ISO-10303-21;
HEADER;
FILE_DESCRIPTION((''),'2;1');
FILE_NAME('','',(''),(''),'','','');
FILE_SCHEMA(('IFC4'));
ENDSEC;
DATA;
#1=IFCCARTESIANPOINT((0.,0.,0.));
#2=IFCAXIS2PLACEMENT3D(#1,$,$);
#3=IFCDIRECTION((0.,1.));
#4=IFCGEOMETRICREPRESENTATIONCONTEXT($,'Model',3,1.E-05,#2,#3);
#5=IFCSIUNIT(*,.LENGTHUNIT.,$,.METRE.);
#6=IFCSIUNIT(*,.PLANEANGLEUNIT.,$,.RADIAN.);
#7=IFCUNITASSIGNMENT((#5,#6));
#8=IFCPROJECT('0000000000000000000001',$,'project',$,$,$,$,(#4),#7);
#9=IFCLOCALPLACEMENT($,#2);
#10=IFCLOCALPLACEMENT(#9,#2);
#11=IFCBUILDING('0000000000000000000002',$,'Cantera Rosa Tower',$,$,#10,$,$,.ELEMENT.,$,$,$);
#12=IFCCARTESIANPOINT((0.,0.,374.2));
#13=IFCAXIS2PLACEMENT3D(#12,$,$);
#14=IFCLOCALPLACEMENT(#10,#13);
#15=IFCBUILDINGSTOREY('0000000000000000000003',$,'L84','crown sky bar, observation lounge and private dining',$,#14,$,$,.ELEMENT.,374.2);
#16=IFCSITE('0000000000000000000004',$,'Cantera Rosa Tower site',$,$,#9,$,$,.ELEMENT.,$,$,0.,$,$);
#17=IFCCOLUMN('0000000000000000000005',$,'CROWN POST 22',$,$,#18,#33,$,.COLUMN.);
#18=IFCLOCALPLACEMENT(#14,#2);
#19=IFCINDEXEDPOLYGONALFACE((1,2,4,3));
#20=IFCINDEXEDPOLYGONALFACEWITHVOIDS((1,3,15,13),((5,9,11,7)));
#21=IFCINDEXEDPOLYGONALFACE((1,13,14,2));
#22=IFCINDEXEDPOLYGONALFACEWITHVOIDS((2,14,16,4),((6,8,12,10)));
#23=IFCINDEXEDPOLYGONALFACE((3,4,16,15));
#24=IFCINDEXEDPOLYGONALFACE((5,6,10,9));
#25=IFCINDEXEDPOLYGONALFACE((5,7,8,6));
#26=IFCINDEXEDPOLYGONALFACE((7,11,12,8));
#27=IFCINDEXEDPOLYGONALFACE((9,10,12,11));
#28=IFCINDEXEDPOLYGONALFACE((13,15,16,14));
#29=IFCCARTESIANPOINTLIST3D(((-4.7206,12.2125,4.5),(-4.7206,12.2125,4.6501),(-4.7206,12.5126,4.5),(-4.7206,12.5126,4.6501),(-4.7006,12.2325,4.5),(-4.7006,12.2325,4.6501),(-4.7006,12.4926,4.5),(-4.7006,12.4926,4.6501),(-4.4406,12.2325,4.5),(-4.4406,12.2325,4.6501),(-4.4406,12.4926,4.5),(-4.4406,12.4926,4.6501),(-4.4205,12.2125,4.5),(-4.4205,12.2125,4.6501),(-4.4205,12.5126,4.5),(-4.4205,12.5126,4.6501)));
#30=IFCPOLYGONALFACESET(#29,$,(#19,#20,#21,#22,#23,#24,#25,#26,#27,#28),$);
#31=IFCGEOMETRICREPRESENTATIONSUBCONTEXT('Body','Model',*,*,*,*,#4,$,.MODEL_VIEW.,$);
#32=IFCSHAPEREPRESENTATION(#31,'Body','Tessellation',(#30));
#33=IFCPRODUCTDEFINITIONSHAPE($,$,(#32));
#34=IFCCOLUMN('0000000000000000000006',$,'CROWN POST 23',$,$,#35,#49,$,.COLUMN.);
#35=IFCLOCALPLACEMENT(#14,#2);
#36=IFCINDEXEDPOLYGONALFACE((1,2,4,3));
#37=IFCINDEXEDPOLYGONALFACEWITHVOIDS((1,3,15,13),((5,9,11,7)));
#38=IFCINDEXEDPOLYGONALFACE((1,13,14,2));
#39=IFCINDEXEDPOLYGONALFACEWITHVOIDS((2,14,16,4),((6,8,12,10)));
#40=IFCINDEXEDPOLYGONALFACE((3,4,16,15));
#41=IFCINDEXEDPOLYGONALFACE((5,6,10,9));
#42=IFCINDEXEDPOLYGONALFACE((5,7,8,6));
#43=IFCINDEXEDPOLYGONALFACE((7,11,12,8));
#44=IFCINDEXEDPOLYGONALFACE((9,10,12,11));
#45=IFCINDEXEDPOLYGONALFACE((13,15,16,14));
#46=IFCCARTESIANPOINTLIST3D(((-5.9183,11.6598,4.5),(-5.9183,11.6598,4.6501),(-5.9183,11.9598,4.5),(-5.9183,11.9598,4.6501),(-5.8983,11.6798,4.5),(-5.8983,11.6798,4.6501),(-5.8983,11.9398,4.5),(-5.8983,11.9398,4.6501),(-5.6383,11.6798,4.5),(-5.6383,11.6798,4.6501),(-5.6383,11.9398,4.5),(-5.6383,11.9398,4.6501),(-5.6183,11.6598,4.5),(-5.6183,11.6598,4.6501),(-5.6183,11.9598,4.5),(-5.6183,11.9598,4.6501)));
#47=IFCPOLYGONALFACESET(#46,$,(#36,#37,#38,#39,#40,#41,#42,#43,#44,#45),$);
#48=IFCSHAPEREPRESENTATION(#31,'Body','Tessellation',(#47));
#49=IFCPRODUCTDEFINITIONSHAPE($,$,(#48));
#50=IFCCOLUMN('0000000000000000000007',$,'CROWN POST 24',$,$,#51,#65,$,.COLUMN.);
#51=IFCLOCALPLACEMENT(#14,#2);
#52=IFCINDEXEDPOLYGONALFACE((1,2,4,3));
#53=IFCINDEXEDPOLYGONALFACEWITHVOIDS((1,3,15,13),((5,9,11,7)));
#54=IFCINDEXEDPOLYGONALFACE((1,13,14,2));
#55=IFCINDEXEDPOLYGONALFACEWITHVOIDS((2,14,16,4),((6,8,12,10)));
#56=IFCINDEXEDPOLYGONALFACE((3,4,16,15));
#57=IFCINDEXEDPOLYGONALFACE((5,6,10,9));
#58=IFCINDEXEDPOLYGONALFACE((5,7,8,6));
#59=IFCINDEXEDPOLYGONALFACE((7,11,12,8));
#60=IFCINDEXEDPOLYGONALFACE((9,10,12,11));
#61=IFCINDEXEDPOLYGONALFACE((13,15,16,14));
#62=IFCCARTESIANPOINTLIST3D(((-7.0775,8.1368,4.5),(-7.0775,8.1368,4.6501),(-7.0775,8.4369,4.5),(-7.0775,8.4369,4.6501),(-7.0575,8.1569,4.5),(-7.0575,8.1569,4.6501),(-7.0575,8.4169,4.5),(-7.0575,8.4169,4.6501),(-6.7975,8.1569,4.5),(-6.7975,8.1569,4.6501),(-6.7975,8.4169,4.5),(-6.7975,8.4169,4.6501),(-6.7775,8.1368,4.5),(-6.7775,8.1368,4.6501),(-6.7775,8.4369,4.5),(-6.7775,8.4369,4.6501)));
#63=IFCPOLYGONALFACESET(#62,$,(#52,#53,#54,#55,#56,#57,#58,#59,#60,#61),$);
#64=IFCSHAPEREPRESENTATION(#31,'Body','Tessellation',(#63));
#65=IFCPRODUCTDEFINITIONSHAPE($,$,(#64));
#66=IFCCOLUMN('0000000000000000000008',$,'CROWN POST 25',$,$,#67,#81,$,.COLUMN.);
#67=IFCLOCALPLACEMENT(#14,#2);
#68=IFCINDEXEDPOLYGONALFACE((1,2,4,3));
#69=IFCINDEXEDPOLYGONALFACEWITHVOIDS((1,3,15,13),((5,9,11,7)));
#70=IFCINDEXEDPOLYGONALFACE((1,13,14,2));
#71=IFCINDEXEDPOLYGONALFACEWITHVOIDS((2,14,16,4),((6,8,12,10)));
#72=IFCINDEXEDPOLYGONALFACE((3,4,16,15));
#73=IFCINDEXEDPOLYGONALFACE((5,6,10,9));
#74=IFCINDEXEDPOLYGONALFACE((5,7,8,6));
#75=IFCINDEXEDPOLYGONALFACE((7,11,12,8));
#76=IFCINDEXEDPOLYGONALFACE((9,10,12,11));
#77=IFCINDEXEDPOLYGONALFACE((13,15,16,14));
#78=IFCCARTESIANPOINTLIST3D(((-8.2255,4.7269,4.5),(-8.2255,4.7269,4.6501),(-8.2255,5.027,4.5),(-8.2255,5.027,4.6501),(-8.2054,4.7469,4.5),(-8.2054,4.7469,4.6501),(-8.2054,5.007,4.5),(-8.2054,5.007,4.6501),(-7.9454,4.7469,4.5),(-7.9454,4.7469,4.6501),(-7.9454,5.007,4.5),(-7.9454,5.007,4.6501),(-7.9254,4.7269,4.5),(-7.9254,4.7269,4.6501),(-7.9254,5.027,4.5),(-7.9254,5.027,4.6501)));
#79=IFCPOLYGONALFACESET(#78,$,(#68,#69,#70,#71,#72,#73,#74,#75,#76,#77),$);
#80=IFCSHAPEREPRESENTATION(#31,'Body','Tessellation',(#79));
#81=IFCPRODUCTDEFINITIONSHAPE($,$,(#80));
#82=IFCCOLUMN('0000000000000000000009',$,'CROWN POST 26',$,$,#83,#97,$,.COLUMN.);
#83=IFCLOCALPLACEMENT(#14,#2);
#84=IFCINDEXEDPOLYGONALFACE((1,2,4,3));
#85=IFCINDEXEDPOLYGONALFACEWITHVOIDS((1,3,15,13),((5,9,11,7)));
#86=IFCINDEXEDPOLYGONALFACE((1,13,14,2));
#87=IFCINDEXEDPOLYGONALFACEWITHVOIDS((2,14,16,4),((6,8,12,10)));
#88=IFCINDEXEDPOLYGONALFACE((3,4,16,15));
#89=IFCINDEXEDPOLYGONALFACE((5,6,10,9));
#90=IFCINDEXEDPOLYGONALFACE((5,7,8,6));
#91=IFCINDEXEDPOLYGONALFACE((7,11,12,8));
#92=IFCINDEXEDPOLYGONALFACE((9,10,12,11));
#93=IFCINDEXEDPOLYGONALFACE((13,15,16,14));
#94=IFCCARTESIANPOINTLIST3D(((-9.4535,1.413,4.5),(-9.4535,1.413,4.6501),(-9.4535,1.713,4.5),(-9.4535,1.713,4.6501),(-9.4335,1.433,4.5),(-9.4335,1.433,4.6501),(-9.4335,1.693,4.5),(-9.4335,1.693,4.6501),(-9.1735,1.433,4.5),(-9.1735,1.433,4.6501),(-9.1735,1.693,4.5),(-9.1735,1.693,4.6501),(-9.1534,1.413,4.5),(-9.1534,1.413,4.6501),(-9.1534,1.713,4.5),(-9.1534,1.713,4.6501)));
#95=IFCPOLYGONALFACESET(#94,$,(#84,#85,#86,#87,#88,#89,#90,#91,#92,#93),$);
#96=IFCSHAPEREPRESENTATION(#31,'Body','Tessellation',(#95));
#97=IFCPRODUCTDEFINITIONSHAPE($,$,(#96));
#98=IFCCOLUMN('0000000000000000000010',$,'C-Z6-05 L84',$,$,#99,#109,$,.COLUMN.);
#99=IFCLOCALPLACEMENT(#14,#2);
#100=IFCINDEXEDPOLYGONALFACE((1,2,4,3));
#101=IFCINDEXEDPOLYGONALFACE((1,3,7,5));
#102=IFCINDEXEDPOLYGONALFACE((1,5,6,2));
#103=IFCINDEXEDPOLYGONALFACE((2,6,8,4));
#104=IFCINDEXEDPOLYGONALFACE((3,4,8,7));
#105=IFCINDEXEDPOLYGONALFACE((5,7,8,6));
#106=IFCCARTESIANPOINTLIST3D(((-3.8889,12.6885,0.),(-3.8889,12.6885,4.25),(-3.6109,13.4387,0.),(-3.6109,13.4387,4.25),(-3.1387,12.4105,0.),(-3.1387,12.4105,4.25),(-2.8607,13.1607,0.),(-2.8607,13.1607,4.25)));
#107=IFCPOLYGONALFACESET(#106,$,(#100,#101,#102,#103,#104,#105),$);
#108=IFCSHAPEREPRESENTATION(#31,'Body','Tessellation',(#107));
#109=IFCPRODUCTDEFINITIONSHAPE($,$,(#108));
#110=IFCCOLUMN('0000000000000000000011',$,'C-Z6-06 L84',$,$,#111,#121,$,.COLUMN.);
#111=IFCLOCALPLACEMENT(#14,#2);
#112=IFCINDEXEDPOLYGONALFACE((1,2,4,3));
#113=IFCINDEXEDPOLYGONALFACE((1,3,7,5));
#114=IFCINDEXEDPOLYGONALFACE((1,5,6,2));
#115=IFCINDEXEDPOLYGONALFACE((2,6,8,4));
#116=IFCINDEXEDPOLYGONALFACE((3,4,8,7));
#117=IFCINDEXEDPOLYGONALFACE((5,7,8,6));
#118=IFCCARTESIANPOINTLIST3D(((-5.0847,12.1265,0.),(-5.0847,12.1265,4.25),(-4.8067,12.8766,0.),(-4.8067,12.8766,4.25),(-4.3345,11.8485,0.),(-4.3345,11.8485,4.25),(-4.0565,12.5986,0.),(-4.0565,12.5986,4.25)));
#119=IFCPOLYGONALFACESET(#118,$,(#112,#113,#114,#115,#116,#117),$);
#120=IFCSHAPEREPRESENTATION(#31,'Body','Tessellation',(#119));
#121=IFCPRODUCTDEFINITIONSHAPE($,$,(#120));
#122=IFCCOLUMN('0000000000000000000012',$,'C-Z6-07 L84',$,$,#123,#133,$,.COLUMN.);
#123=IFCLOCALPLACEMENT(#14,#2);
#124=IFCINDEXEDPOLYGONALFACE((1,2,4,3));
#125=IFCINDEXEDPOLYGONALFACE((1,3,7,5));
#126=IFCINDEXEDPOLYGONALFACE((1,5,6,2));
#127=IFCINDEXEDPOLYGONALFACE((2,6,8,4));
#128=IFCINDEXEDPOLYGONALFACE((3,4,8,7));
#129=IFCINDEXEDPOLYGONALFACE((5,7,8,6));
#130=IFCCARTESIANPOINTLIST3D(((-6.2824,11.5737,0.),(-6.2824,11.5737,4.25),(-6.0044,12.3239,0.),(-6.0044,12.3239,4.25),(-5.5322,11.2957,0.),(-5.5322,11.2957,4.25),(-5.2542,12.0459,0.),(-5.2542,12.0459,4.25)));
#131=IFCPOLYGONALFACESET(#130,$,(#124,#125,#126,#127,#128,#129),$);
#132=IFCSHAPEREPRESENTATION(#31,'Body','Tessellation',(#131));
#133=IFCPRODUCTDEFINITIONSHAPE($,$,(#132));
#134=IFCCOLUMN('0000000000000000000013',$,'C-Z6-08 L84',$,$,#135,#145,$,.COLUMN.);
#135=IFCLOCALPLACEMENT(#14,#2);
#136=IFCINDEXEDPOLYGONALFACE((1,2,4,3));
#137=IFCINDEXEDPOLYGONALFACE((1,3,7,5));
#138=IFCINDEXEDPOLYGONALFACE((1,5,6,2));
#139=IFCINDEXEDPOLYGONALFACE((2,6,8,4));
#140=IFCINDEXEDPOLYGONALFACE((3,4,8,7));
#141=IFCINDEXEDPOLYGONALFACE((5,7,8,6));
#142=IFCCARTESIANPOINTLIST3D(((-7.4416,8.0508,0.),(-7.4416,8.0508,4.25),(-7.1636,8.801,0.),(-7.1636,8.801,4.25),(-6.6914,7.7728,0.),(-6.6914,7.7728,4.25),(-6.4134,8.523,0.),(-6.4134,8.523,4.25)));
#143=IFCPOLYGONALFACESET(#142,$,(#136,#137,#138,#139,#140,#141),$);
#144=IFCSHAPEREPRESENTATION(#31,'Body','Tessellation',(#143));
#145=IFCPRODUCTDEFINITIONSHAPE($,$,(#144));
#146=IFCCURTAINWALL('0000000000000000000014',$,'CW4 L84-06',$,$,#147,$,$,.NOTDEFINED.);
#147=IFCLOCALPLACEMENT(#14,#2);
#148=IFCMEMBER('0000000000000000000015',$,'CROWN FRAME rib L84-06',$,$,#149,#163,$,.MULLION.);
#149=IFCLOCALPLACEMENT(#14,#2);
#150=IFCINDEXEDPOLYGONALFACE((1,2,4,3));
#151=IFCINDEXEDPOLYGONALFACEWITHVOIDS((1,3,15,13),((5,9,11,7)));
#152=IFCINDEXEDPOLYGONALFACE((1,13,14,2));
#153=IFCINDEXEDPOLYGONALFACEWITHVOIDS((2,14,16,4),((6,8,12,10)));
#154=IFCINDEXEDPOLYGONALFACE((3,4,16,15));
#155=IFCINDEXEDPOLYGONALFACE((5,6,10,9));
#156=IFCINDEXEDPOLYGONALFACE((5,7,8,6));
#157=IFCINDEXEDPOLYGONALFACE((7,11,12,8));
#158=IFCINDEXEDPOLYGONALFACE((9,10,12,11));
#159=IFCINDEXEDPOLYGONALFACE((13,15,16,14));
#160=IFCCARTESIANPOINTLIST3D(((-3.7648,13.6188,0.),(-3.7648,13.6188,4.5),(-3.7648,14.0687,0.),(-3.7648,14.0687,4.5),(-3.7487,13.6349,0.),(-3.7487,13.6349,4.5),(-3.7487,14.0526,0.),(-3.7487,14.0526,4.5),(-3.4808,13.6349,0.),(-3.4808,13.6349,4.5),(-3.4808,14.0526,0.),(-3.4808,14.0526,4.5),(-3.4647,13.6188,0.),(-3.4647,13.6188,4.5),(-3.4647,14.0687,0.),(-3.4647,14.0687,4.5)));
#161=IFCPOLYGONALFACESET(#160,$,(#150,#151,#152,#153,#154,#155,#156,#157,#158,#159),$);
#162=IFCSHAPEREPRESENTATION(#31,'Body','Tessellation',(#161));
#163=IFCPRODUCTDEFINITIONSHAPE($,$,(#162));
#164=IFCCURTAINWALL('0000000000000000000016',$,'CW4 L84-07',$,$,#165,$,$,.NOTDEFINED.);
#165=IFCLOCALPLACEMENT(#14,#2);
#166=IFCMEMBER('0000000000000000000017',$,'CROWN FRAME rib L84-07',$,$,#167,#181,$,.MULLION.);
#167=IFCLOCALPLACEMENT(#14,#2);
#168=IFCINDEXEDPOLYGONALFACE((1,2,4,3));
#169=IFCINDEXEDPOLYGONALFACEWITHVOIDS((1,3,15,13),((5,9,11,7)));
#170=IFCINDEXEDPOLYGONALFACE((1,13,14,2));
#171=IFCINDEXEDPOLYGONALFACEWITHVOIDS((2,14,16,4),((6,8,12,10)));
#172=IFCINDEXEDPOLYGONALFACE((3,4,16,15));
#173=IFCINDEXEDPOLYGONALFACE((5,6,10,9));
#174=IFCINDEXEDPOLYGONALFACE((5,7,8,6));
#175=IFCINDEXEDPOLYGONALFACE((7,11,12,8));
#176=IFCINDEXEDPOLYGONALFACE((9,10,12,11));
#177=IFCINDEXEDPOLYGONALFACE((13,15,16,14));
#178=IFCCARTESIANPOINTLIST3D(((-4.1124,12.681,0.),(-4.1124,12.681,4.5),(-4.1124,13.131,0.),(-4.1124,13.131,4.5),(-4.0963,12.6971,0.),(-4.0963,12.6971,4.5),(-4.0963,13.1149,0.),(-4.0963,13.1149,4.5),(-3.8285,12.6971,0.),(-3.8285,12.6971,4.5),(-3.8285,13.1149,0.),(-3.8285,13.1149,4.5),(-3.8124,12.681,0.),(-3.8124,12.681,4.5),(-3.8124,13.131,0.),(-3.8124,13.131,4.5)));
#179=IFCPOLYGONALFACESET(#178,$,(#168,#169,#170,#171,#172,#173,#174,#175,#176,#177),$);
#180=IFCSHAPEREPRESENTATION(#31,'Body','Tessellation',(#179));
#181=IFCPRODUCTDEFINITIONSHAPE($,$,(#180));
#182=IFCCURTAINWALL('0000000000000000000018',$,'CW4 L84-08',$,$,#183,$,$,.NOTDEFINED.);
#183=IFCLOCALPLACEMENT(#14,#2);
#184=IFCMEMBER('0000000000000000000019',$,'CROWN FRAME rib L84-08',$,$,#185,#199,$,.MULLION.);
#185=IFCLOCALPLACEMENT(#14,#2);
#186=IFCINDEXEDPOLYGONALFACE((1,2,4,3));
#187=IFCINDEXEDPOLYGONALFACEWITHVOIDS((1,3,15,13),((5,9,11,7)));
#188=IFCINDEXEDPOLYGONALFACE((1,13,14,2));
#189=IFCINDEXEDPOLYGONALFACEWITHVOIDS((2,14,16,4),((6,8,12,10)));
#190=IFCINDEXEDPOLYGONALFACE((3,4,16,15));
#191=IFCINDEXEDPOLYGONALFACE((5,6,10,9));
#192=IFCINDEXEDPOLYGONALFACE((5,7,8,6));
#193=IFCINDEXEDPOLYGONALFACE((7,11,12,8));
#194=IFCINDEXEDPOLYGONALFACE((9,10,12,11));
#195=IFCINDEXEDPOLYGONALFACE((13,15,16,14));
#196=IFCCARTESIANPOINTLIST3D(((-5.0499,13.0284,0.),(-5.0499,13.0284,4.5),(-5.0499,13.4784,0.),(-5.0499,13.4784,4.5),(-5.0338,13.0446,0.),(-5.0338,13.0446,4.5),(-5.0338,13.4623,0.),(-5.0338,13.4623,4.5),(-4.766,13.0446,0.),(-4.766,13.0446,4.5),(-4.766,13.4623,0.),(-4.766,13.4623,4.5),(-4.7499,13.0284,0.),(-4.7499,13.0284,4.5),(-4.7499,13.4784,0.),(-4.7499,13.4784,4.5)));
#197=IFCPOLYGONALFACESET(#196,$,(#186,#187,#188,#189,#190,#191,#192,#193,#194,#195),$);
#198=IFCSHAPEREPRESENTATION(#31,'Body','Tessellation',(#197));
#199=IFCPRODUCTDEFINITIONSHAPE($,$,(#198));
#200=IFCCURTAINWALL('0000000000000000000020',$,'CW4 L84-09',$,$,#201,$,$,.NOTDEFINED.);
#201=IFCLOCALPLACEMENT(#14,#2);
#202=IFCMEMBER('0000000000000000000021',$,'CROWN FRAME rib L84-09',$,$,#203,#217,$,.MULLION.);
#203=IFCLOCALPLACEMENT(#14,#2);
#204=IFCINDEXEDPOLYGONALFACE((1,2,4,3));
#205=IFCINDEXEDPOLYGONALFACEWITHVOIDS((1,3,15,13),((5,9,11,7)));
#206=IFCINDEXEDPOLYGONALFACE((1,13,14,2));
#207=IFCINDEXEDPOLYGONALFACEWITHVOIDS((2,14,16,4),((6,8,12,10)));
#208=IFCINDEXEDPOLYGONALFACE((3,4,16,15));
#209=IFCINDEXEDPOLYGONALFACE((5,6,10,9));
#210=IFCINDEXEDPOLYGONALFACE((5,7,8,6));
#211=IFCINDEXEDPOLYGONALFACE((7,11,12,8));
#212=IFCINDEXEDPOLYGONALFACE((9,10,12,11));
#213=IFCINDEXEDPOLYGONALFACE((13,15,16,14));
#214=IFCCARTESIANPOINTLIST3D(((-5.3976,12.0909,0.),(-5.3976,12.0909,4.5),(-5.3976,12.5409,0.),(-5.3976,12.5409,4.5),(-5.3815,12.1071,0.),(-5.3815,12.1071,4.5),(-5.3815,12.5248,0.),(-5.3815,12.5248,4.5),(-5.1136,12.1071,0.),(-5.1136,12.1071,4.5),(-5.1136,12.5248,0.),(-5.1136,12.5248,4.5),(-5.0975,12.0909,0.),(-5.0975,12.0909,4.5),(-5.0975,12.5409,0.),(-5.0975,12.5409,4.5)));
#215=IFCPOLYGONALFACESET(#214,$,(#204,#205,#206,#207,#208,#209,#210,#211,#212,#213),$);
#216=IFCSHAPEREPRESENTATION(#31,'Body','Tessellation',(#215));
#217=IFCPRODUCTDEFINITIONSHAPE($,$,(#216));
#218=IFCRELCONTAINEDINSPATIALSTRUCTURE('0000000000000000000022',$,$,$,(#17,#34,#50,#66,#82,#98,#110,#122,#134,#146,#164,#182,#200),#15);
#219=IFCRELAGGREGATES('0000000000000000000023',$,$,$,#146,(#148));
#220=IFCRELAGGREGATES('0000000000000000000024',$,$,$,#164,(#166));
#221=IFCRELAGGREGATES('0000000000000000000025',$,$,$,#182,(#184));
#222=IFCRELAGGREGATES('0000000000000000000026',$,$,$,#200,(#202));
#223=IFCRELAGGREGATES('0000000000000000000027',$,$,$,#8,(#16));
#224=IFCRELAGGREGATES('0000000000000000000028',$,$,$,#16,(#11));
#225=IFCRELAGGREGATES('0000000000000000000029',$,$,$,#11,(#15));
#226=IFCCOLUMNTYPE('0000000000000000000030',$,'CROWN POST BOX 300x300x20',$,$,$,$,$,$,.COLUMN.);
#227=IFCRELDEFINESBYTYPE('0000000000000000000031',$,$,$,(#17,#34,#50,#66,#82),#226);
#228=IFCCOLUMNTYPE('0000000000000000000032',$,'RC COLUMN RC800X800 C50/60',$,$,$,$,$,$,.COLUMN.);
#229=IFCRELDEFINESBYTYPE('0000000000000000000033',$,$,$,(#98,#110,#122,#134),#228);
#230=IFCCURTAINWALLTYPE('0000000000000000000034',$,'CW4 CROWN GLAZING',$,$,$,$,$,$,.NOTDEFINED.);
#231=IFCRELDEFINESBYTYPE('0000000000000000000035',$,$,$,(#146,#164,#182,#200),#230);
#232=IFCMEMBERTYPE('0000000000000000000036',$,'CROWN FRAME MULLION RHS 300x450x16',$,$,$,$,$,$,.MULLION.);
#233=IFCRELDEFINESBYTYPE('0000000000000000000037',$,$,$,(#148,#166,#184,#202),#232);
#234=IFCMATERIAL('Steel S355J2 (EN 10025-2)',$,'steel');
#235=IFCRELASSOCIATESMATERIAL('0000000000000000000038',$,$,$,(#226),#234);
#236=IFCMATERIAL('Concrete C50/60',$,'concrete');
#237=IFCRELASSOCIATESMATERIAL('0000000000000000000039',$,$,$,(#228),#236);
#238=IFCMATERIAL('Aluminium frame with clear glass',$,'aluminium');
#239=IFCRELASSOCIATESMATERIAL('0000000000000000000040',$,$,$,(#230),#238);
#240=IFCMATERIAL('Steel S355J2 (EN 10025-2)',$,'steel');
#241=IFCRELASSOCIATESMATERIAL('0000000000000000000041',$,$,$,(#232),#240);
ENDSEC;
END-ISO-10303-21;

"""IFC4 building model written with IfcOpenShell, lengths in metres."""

from ifc_helpers import new_model, si_unit, direction, frame, origin, origin_2d, place, context, subcontext, project, spatial, rectangle, hollow_rectangle, extrude, material, material_profile, profile_set, type_object, element, aggregate, save


model = new_model("IFC4")

# Units and contexts
model_context = context("Model", 3, precision=1e-05, world=origin(), true_north=direction((0.0, 1.0)))
body_context = subcontext(model_context, "Body", "Model", "MODEL_VIEW")
ifc_project = project(units=[si_unit("LENGTHUNIT", "METRE"), si_unit("PLANEANGLEUNIT", "RADIAN")], contexts=[model_context])

# Site, building, storey
site_placement = place(None, origin())
site = spatial("IfcSite", under=ifc_project, at=site_placement, Name="Cantera Rosa Tower site", CompositionType="ELEMENT", RefElevation=0.0)
building_placement = place(site_placement, origin())
building = spatial("IfcBuilding", under=site, at=building_placement, Name="Cantera Rosa Tower", CompositionType="ELEMENT")
storey_placement = place(building_placement, frame((0.0, 0.0, 374.2)))
storey = spatial("IfcBuildingStorey", under=building, at=storey_placement, Name="L84", Description="crown sky bar, observation lounge and private dining", CompositionType="ELEMENT", Elevation=374.2)

# Columns
ifc_material_1 = material(Name="Steel S355J2 (EN 10025-2)", Category="steel")
ifc_material_profile_1 = material_profile(ifc_material_1, hollow_rectangle(XDim=0.3, YDim=0.3, WallThickness=0.02, at=origin_2d()), Name="CROWN POST BOX 300x300x20")
ifc_profile_set_1 = profile_set([ifc_material_profile_1], Name="Steel S355J2 (EN 10025-2)")
column_type_1 = type_object("IfcColumnType", Name="CROWN POST BOX 300x300x20", PredefinedType="COLUMN", material=ifc_profile_set_1)
for number, where, z_axis, x_axis, name in (
    (1, (-4.5706, 12.3625, 4.5), (0.0, 0.0, 1.0), (1.0, 0.0, 0.0), "CROWN POST 22"),
    (2, (-5.7683, 11.8098, 4.5), (0.0, 0.0, 1.0), (1.0, 0.0, 0.0), "CROWN POST 23"),
    (3, (-6.9275, 8.2869, 4.5), (0.0, 0.0, 1.0), (1.0, 0.0, 0.0), "CROWN POST 24"),
    (4, (-8.0754, 4.877, 4.5), (0.0, 0.0, 1.0), (1.0, 0.0, 0.0), "CROWN POST 25"),
    (5, (-9.3035, 1.563, 4.5), (0.0, 0.0, 1.0), (1.0, 0.0, 0.0), "CROWN POST 26"),
):
    element("IfcColumn", number, at=place(storey_placement, frame(where, z_axis=z_axis, x_axis=x_axis)), inside=storey, type_object=column_type_1, Name=name, PredefinedType="COLUMN", context=body_context, shape_type="SweptSolid", body=[
        extrude(hollow_rectangle(XDim=0.3, YDim=0.3, WallThickness=0.02, at=origin_2d()), origin(), (0.0, 0.0, 1.0), 0.1501),
    ])
ifc_material_2 = material(Name="Concrete C50/60", Category="concrete")
ifc_material_profile_2 = material_profile(ifc_material_2, rectangle(XDim=0.8, YDim=0.8, at=origin_2d()), Name="RC COLUMN RC800X800 C50/60")
ifc_profile_set_2 = profile_set([ifc_material_profile_2], Name="Concrete C50/60")
column_type_2 = type_object("IfcColumnType", Name="RC COLUMN RC800X800 C50/60", PredefinedType="COLUMN", material=ifc_profile_set_2)
for number, where, z_axis, x_axis, name in (
    (6, (-3.3748, 12.9246, 0.0), (0.0, 0.0, 1.0), (0.347481, 0.937687, 0.0), "C-Z6-05 L84"),
    (7, (-4.5706, 12.3625, 0.0), (0.0, 0.0, 1.0), (0.347481, 0.937687, 0.0), "C-Z6-06 L84"),
    (8, (-5.7683, 11.8098, 0.0), (0.0, 0.0, 1.0), (0.347481, 0.937687, 0.0), "C-Z6-07 L84"),
    (9, (-6.9275, 8.2869, 0.0), (0.0, 0.0, 1.0), (0.347481, 0.937687, 0.0), "C-Z6-08 L84"),
):
    element("IfcColumn", number, at=place(storey_placement, frame(where, z_axis=z_axis, x_axis=x_axis)), inside=storey, type_object=column_type_2, Name=name, PredefinedType="COLUMN", context=body_context, shape_type="SweptSolid", body=[
        extrude(rectangle(XDim=0.8, YDim=0.8, at=origin_2d()), origin(), (0.0, 0.0, 1.0), 4.25),
    ])

# Curtain walls, members
ifc_material_3 = material(Name="Aluminium frame with clear glass", Category="aluminium")
curtain_wall_type = type_object("IfcCurtainWallType", Name="CW4 CROWN GLAZING", PredefinedType="NOTDEFINED", material=ifc_material_3)
curtain_wall_1_placement = place(storey_placement, origin())
curtain_wall_1 = element("IfcCurtainWall", 10, at=curtain_wall_1_placement, inside=storey, type_object=curtain_wall_type, Name="CW4 L84-06", PredefinedType="NOTDEFINED")
ifc_material_4 = material(Name="Steel S355J2 (EN 10025-2)", Category="steel")
ifc_material_profile_3 = material_profile(ifc_material_4, hollow_rectangle(XDim=0.3, YDim=0.45, WallThickness=0.0161, at=origin_2d()), Name="CROWN FRAME MULLION RHS 300x450x16")
ifc_profile_set_3 = profile_set([ifc_material_profile_3], Name="Steel S355J2 (EN 10025-2)")
member_type = type_object("IfcMemberType", Name="CROWN FRAME MULLION RHS 300x450x16", PredefinedType="MULLION", material=ifc_profile_set_3)
member_1_placement = place(storey_placement, frame((-3.6147, 13.8438, 0.0), z_axis=(0.0, 0.0, 1.0), x_axis=(1.0, 0.0, 0.0)))
member_1 = element("IfcMember", 11, at=member_1_placement, type_object=member_type, Name="CROWN FRAME rib L84-06", PredefinedType="MULLION", context=body_context, shape_type="SweptSolid", body=[
    extrude(hollow_rectangle(XDim=0.3, YDim=0.45, WallThickness=0.0161, at=origin_2d()), origin(), (0.0, 0.0, 1.0), 4.5),
])
curtain_wall_2_placement = place(storey_placement, origin())
curtain_wall_2 = element("IfcCurtainWall", 12, at=curtain_wall_2_placement, inside=storey, type_object=curtain_wall_type, Name="CW4 L84-07", PredefinedType="NOTDEFINED")
member_2_placement = place(storey_placement, frame((-3.9624, 12.906, 0.0), z_axis=(0.0, 0.0, 1.0), x_axis=(1.0, 0.0, 0.0)))
member_2 = element("IfcMember", 13, at=member_2_placement, type_object=member_type, Name="CROWN FRAME rib L84-07", PredefinedType="MULLION", context=body_context, shape_type="SweptSolid", body=[
    extrude(hollow_rectangle(XDim=0.3, YDim=0.45, WallThickness=0.0161, at=origin_2d()), origin(), (0.0, 0.0, 1.0), 4.5),
])
curtain_wall_3_placement = place(storey_placement, origin())
curtain_wall_3 = element("IfcCurtainWall", 14, at=curtain_wall_3_placement, inside=storey, type_object=curtain_wall_type, Name="CW4 L84-08", PredefinedType="NOTDEFINED")
member_3_placement = place(storey_placement, frame((-4.8999, 13.2534, 0.0), z_axis=(0.0, 0.0, 1.0), x_axis=(1.0, 0.0, 0.0)))
member_3 = element("IfcMember", 15, at=member_3_placement, type_object=member_type, Name="CROWN FRAME rib L84-08", PredefinedType="MULLION", context=body_context, shape_type="SweptSolid", body=[
    extrude(hollow_rectangle(XDim=0.3, YDim=0.45, WallThickness=0.0161, at=origin_2d()), origin(), (0.0, 0.0, 1.0), 4.5),
])
curtain_wall_4_placement = place(storey_placement, origin())
curtain_wall_4 = element("IfcCurtainWall", 16, at=curtain_wall_4_placement, inside=storey, type_object=curtain_wall_type, Name="CW4 L84-09", PredefinedType="NOTDEFINED")
member_4_placement = place(storey_placement, frame((-5.2476, 12.3159, 0.0), z_axis=(0.0, 0.0, 1.0), x_axis=(1.0, 0.0, 0.0)))
member_4 = element("IfcMember", 17, at=member_4_placement, type_object=member_type, Name="CROWN FRAME rib L84-09", PredefinedType="MULLION", context=body_context, shape_type="SweptSolid", body=[
    extrude(hollow_rectangle(XDim=0.3, YDim=0.45, WallThickness=0.0161, at=origin_2d()), origin(), (0.0, 0.0, 1.0), 4.5),
])

aggregate(curtain_wall_1, [member_1])
aggregate(curtain_wall_2, [member_2])
aggregate(curtain_wall_3, [member_3])
aggregate(curtain_wall_4, [member_4])

save(model, "model.ifc")
